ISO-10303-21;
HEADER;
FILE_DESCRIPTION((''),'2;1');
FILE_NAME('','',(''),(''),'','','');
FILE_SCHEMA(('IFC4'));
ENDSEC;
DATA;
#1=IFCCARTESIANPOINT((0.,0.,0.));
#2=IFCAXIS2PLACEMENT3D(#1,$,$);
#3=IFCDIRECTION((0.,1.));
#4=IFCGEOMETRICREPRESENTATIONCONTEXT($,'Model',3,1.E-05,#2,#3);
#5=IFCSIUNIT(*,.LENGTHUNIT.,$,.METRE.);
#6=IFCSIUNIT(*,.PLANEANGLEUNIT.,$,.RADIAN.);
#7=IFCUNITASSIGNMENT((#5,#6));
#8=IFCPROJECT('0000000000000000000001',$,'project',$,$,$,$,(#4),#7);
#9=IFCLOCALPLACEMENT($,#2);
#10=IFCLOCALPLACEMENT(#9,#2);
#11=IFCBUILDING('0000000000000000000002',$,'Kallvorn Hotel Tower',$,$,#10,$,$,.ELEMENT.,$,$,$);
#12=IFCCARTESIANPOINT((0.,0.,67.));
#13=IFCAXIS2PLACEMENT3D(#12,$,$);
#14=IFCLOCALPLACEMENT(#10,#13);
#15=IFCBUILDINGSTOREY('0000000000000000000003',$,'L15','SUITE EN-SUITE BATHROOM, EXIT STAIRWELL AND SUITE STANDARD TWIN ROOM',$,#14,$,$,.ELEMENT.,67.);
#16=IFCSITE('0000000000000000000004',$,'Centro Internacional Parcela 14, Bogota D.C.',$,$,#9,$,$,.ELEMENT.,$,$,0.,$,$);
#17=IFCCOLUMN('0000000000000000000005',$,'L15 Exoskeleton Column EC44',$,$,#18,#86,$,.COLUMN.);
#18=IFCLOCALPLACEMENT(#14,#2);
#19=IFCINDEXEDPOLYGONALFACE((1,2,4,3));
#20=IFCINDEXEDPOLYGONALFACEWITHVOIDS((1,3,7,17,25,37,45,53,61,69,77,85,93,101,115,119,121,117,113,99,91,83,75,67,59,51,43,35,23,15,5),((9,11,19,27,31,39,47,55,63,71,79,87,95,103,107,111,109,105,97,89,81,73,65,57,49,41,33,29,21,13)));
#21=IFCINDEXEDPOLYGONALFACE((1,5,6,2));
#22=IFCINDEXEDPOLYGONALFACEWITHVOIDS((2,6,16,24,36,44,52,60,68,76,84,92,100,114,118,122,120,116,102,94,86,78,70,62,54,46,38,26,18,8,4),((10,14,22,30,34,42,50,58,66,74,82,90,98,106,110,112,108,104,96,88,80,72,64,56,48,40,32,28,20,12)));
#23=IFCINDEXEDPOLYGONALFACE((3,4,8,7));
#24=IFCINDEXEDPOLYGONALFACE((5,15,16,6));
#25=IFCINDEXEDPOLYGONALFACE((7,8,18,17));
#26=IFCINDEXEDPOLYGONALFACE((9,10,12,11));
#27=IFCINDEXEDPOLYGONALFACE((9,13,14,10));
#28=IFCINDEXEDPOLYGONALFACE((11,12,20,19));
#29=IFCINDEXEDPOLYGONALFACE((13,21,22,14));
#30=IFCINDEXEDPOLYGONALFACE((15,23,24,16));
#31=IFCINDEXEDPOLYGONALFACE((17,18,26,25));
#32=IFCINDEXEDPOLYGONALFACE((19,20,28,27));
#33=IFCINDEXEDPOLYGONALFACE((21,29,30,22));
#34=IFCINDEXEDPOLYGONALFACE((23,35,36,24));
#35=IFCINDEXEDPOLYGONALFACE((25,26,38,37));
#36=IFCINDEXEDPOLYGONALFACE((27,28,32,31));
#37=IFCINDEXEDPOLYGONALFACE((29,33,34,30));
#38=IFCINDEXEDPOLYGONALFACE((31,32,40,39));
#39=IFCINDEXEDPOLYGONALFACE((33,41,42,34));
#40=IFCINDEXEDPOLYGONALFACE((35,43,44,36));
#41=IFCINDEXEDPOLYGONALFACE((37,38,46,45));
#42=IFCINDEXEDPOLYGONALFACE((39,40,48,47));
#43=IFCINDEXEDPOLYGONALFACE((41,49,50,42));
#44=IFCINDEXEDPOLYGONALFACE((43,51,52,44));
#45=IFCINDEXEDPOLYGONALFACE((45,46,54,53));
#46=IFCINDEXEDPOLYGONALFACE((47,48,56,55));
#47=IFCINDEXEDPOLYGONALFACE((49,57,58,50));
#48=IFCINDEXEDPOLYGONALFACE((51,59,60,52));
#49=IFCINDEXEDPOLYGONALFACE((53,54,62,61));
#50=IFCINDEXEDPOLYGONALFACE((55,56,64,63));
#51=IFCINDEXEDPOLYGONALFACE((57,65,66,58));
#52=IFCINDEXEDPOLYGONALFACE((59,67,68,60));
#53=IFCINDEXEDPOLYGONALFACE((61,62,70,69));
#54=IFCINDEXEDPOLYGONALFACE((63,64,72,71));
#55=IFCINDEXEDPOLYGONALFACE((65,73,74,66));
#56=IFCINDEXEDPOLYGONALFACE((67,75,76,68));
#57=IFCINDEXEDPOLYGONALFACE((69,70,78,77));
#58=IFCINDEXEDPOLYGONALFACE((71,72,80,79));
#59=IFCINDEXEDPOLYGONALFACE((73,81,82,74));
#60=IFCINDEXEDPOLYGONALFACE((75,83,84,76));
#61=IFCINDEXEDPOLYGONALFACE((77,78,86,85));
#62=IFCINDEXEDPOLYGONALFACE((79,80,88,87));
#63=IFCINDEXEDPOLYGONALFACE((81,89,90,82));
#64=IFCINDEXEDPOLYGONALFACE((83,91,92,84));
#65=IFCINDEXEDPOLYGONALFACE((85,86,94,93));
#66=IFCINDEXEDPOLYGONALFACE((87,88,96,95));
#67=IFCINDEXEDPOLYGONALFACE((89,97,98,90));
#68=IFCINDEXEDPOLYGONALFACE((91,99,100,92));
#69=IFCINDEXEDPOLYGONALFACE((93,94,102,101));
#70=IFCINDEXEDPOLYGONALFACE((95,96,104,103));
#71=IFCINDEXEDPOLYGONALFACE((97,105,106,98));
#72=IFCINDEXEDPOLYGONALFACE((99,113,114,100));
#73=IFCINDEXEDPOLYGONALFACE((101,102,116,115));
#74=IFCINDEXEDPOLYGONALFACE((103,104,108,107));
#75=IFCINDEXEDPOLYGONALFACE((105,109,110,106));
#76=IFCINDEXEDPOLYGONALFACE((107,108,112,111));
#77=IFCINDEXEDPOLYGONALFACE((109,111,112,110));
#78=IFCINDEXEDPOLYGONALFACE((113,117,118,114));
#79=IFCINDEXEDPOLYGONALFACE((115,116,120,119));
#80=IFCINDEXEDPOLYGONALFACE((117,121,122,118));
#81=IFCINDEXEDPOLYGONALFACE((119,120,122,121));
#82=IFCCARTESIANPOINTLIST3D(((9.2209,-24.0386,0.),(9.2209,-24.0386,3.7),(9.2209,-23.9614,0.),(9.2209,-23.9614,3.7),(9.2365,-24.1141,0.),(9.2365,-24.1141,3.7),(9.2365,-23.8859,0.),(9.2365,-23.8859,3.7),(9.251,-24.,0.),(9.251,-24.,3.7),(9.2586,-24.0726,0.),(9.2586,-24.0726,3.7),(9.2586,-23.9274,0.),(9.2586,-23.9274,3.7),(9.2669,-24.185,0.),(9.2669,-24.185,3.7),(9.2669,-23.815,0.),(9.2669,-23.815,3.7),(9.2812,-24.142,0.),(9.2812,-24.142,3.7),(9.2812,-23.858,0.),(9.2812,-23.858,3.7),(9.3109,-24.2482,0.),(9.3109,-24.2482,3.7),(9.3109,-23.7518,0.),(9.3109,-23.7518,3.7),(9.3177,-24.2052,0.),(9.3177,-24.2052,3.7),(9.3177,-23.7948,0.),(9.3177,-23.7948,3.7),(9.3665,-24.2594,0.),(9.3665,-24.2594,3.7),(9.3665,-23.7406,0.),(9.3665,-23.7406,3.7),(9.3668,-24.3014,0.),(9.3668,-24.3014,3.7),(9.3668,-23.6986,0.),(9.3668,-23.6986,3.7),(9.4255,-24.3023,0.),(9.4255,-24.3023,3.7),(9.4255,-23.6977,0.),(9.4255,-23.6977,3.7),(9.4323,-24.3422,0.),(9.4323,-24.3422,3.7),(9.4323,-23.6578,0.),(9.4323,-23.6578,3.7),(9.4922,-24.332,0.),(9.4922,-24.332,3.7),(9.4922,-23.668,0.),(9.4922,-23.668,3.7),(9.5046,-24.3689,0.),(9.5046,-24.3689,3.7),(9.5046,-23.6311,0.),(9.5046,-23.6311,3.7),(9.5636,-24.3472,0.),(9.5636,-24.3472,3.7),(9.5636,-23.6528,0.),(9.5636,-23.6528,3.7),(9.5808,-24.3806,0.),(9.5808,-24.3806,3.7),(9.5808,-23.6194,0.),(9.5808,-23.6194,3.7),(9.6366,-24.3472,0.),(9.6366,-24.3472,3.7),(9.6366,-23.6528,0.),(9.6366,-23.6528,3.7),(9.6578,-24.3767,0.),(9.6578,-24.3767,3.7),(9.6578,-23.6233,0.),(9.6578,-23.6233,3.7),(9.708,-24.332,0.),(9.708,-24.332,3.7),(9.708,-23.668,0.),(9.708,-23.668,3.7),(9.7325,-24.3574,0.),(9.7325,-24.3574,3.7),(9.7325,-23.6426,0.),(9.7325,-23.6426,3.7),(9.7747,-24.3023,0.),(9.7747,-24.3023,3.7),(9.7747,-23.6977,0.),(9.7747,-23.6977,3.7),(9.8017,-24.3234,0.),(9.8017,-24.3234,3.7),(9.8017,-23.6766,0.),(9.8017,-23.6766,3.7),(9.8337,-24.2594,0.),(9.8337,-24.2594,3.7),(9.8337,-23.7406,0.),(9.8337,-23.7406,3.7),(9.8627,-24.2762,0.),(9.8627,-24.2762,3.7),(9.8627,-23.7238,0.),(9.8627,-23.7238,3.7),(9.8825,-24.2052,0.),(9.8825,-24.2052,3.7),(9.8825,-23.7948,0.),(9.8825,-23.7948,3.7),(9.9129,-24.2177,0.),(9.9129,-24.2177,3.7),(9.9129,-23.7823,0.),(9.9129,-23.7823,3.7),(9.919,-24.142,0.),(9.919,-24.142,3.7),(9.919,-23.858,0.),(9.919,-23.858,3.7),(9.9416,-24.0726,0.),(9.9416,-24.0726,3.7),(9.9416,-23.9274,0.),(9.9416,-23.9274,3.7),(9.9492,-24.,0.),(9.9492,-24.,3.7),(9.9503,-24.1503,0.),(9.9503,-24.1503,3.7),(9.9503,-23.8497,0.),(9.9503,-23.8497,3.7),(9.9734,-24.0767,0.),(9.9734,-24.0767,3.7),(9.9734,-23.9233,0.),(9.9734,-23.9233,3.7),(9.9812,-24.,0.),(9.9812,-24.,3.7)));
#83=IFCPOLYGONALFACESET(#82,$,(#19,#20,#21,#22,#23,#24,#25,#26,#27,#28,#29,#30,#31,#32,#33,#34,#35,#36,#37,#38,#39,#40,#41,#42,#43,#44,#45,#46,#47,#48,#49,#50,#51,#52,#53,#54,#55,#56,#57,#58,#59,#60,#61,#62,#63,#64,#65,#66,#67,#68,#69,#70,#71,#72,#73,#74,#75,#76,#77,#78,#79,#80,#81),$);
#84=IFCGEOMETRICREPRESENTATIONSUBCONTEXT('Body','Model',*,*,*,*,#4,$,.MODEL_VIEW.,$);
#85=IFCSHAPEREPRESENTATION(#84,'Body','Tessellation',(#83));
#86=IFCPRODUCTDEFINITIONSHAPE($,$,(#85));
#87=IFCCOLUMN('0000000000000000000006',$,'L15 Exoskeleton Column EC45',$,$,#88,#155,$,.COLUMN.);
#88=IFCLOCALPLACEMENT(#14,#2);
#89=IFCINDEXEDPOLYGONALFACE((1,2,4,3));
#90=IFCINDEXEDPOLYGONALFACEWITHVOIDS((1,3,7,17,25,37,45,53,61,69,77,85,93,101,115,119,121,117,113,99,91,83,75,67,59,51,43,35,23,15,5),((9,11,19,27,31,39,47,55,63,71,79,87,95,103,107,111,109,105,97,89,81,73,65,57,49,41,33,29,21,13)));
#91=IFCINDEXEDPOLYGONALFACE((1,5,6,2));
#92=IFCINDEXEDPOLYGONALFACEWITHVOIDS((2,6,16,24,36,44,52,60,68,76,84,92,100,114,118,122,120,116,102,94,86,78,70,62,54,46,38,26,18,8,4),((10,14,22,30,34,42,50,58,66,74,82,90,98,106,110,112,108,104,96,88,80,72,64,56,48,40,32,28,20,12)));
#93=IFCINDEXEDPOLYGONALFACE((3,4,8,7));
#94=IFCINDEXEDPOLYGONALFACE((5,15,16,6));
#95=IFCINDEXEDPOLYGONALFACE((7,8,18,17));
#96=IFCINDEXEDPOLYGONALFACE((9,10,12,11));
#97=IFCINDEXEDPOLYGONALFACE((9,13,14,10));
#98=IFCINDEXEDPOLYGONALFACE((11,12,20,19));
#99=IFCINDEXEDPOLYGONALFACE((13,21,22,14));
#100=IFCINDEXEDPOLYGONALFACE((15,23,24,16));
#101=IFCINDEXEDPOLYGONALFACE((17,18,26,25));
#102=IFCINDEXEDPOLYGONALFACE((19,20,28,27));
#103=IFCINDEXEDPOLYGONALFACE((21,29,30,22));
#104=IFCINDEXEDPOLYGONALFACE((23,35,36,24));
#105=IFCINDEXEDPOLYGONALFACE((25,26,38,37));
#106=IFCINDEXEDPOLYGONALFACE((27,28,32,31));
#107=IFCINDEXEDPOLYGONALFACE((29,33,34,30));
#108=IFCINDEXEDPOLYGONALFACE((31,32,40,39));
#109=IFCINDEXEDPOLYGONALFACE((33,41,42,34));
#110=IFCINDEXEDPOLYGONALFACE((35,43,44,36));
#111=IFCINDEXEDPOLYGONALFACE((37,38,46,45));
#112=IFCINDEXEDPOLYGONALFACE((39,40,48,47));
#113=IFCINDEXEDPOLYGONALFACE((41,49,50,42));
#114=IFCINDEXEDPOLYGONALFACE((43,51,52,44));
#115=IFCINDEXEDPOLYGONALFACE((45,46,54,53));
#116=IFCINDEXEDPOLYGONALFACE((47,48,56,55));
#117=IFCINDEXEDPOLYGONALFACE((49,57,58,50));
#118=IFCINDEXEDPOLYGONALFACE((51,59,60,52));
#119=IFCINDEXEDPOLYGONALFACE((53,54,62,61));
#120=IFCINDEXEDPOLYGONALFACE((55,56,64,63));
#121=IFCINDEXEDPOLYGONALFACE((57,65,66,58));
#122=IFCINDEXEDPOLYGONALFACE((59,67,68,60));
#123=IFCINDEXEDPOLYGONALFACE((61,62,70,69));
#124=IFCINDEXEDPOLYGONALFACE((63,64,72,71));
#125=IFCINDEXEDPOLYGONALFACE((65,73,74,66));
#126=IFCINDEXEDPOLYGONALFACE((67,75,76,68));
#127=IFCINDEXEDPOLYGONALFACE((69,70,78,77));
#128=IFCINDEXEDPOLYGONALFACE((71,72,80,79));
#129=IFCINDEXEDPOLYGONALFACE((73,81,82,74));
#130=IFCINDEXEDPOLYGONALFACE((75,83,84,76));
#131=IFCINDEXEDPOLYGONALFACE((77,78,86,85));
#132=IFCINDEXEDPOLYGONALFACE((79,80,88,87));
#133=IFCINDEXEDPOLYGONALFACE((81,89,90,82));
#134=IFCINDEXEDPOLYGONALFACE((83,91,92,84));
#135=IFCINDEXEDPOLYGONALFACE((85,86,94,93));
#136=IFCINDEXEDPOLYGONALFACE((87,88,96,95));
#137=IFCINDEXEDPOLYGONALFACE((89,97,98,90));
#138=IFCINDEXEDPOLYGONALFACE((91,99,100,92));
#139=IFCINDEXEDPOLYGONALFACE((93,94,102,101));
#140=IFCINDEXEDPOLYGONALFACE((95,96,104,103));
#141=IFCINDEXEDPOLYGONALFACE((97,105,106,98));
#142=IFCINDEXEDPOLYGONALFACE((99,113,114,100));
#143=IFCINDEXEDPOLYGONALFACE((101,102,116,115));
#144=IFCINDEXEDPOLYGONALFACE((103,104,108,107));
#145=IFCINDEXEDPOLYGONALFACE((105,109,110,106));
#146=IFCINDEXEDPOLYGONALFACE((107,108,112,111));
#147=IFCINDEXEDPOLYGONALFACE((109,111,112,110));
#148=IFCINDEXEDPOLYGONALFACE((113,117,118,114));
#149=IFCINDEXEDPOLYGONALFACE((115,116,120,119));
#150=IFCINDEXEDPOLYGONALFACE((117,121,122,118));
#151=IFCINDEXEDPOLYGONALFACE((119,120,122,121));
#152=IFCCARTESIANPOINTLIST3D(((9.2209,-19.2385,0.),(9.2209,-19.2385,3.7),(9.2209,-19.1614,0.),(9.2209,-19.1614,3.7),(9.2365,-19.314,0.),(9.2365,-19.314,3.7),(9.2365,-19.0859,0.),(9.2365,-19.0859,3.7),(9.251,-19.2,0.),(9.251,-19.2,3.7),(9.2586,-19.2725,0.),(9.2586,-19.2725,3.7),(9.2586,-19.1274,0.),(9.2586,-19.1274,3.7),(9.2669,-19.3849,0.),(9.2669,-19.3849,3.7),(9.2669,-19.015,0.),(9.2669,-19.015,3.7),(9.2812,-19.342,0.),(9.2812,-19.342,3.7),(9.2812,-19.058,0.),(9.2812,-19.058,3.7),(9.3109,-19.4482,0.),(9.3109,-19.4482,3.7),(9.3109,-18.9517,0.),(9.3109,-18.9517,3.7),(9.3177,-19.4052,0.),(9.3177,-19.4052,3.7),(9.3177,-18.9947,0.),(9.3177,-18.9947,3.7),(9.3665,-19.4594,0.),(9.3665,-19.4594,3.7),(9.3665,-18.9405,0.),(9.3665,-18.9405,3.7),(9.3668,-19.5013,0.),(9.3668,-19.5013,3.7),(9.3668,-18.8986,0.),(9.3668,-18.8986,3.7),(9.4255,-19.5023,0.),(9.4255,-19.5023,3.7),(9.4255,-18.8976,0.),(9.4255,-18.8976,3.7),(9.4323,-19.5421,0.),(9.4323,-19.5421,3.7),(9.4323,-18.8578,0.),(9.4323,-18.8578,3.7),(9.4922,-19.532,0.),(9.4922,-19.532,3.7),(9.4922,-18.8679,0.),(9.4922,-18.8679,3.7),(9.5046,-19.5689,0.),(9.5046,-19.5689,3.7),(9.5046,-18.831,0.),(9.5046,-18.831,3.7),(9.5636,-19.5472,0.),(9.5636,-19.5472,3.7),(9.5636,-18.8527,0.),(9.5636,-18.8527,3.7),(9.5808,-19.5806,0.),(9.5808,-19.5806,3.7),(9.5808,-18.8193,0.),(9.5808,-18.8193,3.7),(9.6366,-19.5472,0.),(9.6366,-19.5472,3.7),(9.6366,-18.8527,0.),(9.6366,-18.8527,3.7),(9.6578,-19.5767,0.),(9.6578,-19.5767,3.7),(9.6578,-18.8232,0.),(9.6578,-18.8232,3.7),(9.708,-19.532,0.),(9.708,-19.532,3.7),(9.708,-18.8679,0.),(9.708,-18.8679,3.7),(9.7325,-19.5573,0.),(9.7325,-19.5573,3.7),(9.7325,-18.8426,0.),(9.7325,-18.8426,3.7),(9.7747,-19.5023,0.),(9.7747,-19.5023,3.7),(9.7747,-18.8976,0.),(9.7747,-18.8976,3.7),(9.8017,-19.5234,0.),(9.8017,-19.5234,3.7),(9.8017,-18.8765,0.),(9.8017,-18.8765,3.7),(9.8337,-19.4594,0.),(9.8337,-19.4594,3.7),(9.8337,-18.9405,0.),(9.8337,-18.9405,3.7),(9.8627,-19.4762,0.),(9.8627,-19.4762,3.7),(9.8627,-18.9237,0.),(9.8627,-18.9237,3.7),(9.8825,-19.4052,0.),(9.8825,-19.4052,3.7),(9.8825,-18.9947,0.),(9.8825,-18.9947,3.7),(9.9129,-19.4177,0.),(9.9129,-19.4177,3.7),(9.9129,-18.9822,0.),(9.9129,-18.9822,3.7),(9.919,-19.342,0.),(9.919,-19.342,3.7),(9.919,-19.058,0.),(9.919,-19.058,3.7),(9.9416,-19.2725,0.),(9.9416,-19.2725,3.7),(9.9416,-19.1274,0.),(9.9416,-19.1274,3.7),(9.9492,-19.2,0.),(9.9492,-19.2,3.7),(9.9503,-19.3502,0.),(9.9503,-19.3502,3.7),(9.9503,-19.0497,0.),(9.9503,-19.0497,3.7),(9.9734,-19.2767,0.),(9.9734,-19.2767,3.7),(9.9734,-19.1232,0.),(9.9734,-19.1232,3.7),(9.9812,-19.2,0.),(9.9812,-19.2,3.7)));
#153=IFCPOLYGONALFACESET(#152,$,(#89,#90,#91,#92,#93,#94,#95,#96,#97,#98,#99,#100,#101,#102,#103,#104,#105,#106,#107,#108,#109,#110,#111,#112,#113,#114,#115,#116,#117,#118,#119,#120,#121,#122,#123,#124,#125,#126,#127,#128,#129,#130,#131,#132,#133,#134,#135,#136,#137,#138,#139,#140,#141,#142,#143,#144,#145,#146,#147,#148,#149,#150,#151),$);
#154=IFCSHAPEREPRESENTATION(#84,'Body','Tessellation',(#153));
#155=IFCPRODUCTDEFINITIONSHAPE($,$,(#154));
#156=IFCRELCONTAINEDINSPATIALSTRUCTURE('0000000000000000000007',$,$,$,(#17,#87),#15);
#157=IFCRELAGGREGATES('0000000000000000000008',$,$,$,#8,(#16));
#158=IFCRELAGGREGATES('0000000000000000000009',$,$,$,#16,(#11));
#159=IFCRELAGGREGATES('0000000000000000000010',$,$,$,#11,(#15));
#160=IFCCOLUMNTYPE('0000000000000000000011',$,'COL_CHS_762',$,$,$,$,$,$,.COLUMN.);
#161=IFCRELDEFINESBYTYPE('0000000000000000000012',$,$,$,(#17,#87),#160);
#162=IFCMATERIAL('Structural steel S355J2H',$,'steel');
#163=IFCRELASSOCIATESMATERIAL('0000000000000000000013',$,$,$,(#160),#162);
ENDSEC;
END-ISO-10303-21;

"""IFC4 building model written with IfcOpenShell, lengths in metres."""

from ifc_helpers import new_model, si_unit, direction, frame, origin, origin_2d, place, context, subcontext, project, spatial, hollow_circle, extrude, material, material_profile, profile_set, type_object, element, save


model = new_model("IFC4")

# Units and contexts
model_context = context("Model", 3, precision=1e-05, world=origin(), true_north=direction((0.0, 1.0)))
body_context = subcontext(model_context, "Body", "Model", "MODEL_VIEW")
ifc_project = project(units=[si_unit("LENGTHUNIT", "METRE"), si_unit("PLANEANGLEUNIT", "RADIAN")], contexts=[model_context])

# Site, building, storey
site_placement = place(None, origin())
site = spatial("IfcSite", under=ifc_project, at=site_placement, Name="Centro Internacional Parcela 14, Bogota D.C.", CompositionType="ELEMENT", RefElevation=0.0)
building_placement = place(site_placement, origin())
building = spatial("IfcBuilding", under=site, at=building_placement, Name="Kallvorn Hotel Tower", CompositionType="ELEMENT")
storey_placement = place(building_placement, frame((0.0, 0.0, 67.0)))
storey = spatial("IfcBuildingStorey", under=building, at=storey_placement, Name="L15", Description="SUITE EN-SUITE BATHROOM, EXIT STAIRWELL AND SUITE STANDARD TWIN ROOM", CompositionType="ELEMENT", Elevation=67.0)

# Columns
ifc_material_1 = material(Name="Structural steel S355J2H", Category="steel")
ifc_material_profile_1 = material_profile(ifc_material_1, hollow_circle(Radius=0.3811, WallThickness=0.032, at=origin_2d()), Name="CHS 762x32")
ifc_profile_set_1 = profile_set([ifc_material_profile_1], Name="Structural steel S355J2H")
column_type_1 = type_object("IfcColumnType", Name="COL_CHS_762", PredefinedType="COLUMN", material=ifc_profile_set_1)
for number, where, z_axis, x_axis, name in (
    (1, (9.6001, -24.0, 0.0), (0.0, 0.0, 1.0), (1.0, 0.0, 0.0), "L15 Exoskeleton Column EC44"),
    (2, (9.6001, -19.2, 0.0), (0.0, 0.0, 1.0), (1.0, 0.0, 0.0), "L15 Exoskeleton Column EC45"),
):
    element("IfcColumn", number, at=place(storey_placement, frame(where, z_axis=z_axis, x_axis=x_axis)), inside=storey, type_object=column_type_1, Name=name, PredefinedType="COLUMN", context=body_context, shape_type="SweptSolid", body=[
        extrude(hollow_circle(Radius=0.3811, WallThickness=0.032, at=origin_2d()), origin(), (0.0, 0.0, 1.0), 3.7),
    ])

save(model, "model.ifc")
